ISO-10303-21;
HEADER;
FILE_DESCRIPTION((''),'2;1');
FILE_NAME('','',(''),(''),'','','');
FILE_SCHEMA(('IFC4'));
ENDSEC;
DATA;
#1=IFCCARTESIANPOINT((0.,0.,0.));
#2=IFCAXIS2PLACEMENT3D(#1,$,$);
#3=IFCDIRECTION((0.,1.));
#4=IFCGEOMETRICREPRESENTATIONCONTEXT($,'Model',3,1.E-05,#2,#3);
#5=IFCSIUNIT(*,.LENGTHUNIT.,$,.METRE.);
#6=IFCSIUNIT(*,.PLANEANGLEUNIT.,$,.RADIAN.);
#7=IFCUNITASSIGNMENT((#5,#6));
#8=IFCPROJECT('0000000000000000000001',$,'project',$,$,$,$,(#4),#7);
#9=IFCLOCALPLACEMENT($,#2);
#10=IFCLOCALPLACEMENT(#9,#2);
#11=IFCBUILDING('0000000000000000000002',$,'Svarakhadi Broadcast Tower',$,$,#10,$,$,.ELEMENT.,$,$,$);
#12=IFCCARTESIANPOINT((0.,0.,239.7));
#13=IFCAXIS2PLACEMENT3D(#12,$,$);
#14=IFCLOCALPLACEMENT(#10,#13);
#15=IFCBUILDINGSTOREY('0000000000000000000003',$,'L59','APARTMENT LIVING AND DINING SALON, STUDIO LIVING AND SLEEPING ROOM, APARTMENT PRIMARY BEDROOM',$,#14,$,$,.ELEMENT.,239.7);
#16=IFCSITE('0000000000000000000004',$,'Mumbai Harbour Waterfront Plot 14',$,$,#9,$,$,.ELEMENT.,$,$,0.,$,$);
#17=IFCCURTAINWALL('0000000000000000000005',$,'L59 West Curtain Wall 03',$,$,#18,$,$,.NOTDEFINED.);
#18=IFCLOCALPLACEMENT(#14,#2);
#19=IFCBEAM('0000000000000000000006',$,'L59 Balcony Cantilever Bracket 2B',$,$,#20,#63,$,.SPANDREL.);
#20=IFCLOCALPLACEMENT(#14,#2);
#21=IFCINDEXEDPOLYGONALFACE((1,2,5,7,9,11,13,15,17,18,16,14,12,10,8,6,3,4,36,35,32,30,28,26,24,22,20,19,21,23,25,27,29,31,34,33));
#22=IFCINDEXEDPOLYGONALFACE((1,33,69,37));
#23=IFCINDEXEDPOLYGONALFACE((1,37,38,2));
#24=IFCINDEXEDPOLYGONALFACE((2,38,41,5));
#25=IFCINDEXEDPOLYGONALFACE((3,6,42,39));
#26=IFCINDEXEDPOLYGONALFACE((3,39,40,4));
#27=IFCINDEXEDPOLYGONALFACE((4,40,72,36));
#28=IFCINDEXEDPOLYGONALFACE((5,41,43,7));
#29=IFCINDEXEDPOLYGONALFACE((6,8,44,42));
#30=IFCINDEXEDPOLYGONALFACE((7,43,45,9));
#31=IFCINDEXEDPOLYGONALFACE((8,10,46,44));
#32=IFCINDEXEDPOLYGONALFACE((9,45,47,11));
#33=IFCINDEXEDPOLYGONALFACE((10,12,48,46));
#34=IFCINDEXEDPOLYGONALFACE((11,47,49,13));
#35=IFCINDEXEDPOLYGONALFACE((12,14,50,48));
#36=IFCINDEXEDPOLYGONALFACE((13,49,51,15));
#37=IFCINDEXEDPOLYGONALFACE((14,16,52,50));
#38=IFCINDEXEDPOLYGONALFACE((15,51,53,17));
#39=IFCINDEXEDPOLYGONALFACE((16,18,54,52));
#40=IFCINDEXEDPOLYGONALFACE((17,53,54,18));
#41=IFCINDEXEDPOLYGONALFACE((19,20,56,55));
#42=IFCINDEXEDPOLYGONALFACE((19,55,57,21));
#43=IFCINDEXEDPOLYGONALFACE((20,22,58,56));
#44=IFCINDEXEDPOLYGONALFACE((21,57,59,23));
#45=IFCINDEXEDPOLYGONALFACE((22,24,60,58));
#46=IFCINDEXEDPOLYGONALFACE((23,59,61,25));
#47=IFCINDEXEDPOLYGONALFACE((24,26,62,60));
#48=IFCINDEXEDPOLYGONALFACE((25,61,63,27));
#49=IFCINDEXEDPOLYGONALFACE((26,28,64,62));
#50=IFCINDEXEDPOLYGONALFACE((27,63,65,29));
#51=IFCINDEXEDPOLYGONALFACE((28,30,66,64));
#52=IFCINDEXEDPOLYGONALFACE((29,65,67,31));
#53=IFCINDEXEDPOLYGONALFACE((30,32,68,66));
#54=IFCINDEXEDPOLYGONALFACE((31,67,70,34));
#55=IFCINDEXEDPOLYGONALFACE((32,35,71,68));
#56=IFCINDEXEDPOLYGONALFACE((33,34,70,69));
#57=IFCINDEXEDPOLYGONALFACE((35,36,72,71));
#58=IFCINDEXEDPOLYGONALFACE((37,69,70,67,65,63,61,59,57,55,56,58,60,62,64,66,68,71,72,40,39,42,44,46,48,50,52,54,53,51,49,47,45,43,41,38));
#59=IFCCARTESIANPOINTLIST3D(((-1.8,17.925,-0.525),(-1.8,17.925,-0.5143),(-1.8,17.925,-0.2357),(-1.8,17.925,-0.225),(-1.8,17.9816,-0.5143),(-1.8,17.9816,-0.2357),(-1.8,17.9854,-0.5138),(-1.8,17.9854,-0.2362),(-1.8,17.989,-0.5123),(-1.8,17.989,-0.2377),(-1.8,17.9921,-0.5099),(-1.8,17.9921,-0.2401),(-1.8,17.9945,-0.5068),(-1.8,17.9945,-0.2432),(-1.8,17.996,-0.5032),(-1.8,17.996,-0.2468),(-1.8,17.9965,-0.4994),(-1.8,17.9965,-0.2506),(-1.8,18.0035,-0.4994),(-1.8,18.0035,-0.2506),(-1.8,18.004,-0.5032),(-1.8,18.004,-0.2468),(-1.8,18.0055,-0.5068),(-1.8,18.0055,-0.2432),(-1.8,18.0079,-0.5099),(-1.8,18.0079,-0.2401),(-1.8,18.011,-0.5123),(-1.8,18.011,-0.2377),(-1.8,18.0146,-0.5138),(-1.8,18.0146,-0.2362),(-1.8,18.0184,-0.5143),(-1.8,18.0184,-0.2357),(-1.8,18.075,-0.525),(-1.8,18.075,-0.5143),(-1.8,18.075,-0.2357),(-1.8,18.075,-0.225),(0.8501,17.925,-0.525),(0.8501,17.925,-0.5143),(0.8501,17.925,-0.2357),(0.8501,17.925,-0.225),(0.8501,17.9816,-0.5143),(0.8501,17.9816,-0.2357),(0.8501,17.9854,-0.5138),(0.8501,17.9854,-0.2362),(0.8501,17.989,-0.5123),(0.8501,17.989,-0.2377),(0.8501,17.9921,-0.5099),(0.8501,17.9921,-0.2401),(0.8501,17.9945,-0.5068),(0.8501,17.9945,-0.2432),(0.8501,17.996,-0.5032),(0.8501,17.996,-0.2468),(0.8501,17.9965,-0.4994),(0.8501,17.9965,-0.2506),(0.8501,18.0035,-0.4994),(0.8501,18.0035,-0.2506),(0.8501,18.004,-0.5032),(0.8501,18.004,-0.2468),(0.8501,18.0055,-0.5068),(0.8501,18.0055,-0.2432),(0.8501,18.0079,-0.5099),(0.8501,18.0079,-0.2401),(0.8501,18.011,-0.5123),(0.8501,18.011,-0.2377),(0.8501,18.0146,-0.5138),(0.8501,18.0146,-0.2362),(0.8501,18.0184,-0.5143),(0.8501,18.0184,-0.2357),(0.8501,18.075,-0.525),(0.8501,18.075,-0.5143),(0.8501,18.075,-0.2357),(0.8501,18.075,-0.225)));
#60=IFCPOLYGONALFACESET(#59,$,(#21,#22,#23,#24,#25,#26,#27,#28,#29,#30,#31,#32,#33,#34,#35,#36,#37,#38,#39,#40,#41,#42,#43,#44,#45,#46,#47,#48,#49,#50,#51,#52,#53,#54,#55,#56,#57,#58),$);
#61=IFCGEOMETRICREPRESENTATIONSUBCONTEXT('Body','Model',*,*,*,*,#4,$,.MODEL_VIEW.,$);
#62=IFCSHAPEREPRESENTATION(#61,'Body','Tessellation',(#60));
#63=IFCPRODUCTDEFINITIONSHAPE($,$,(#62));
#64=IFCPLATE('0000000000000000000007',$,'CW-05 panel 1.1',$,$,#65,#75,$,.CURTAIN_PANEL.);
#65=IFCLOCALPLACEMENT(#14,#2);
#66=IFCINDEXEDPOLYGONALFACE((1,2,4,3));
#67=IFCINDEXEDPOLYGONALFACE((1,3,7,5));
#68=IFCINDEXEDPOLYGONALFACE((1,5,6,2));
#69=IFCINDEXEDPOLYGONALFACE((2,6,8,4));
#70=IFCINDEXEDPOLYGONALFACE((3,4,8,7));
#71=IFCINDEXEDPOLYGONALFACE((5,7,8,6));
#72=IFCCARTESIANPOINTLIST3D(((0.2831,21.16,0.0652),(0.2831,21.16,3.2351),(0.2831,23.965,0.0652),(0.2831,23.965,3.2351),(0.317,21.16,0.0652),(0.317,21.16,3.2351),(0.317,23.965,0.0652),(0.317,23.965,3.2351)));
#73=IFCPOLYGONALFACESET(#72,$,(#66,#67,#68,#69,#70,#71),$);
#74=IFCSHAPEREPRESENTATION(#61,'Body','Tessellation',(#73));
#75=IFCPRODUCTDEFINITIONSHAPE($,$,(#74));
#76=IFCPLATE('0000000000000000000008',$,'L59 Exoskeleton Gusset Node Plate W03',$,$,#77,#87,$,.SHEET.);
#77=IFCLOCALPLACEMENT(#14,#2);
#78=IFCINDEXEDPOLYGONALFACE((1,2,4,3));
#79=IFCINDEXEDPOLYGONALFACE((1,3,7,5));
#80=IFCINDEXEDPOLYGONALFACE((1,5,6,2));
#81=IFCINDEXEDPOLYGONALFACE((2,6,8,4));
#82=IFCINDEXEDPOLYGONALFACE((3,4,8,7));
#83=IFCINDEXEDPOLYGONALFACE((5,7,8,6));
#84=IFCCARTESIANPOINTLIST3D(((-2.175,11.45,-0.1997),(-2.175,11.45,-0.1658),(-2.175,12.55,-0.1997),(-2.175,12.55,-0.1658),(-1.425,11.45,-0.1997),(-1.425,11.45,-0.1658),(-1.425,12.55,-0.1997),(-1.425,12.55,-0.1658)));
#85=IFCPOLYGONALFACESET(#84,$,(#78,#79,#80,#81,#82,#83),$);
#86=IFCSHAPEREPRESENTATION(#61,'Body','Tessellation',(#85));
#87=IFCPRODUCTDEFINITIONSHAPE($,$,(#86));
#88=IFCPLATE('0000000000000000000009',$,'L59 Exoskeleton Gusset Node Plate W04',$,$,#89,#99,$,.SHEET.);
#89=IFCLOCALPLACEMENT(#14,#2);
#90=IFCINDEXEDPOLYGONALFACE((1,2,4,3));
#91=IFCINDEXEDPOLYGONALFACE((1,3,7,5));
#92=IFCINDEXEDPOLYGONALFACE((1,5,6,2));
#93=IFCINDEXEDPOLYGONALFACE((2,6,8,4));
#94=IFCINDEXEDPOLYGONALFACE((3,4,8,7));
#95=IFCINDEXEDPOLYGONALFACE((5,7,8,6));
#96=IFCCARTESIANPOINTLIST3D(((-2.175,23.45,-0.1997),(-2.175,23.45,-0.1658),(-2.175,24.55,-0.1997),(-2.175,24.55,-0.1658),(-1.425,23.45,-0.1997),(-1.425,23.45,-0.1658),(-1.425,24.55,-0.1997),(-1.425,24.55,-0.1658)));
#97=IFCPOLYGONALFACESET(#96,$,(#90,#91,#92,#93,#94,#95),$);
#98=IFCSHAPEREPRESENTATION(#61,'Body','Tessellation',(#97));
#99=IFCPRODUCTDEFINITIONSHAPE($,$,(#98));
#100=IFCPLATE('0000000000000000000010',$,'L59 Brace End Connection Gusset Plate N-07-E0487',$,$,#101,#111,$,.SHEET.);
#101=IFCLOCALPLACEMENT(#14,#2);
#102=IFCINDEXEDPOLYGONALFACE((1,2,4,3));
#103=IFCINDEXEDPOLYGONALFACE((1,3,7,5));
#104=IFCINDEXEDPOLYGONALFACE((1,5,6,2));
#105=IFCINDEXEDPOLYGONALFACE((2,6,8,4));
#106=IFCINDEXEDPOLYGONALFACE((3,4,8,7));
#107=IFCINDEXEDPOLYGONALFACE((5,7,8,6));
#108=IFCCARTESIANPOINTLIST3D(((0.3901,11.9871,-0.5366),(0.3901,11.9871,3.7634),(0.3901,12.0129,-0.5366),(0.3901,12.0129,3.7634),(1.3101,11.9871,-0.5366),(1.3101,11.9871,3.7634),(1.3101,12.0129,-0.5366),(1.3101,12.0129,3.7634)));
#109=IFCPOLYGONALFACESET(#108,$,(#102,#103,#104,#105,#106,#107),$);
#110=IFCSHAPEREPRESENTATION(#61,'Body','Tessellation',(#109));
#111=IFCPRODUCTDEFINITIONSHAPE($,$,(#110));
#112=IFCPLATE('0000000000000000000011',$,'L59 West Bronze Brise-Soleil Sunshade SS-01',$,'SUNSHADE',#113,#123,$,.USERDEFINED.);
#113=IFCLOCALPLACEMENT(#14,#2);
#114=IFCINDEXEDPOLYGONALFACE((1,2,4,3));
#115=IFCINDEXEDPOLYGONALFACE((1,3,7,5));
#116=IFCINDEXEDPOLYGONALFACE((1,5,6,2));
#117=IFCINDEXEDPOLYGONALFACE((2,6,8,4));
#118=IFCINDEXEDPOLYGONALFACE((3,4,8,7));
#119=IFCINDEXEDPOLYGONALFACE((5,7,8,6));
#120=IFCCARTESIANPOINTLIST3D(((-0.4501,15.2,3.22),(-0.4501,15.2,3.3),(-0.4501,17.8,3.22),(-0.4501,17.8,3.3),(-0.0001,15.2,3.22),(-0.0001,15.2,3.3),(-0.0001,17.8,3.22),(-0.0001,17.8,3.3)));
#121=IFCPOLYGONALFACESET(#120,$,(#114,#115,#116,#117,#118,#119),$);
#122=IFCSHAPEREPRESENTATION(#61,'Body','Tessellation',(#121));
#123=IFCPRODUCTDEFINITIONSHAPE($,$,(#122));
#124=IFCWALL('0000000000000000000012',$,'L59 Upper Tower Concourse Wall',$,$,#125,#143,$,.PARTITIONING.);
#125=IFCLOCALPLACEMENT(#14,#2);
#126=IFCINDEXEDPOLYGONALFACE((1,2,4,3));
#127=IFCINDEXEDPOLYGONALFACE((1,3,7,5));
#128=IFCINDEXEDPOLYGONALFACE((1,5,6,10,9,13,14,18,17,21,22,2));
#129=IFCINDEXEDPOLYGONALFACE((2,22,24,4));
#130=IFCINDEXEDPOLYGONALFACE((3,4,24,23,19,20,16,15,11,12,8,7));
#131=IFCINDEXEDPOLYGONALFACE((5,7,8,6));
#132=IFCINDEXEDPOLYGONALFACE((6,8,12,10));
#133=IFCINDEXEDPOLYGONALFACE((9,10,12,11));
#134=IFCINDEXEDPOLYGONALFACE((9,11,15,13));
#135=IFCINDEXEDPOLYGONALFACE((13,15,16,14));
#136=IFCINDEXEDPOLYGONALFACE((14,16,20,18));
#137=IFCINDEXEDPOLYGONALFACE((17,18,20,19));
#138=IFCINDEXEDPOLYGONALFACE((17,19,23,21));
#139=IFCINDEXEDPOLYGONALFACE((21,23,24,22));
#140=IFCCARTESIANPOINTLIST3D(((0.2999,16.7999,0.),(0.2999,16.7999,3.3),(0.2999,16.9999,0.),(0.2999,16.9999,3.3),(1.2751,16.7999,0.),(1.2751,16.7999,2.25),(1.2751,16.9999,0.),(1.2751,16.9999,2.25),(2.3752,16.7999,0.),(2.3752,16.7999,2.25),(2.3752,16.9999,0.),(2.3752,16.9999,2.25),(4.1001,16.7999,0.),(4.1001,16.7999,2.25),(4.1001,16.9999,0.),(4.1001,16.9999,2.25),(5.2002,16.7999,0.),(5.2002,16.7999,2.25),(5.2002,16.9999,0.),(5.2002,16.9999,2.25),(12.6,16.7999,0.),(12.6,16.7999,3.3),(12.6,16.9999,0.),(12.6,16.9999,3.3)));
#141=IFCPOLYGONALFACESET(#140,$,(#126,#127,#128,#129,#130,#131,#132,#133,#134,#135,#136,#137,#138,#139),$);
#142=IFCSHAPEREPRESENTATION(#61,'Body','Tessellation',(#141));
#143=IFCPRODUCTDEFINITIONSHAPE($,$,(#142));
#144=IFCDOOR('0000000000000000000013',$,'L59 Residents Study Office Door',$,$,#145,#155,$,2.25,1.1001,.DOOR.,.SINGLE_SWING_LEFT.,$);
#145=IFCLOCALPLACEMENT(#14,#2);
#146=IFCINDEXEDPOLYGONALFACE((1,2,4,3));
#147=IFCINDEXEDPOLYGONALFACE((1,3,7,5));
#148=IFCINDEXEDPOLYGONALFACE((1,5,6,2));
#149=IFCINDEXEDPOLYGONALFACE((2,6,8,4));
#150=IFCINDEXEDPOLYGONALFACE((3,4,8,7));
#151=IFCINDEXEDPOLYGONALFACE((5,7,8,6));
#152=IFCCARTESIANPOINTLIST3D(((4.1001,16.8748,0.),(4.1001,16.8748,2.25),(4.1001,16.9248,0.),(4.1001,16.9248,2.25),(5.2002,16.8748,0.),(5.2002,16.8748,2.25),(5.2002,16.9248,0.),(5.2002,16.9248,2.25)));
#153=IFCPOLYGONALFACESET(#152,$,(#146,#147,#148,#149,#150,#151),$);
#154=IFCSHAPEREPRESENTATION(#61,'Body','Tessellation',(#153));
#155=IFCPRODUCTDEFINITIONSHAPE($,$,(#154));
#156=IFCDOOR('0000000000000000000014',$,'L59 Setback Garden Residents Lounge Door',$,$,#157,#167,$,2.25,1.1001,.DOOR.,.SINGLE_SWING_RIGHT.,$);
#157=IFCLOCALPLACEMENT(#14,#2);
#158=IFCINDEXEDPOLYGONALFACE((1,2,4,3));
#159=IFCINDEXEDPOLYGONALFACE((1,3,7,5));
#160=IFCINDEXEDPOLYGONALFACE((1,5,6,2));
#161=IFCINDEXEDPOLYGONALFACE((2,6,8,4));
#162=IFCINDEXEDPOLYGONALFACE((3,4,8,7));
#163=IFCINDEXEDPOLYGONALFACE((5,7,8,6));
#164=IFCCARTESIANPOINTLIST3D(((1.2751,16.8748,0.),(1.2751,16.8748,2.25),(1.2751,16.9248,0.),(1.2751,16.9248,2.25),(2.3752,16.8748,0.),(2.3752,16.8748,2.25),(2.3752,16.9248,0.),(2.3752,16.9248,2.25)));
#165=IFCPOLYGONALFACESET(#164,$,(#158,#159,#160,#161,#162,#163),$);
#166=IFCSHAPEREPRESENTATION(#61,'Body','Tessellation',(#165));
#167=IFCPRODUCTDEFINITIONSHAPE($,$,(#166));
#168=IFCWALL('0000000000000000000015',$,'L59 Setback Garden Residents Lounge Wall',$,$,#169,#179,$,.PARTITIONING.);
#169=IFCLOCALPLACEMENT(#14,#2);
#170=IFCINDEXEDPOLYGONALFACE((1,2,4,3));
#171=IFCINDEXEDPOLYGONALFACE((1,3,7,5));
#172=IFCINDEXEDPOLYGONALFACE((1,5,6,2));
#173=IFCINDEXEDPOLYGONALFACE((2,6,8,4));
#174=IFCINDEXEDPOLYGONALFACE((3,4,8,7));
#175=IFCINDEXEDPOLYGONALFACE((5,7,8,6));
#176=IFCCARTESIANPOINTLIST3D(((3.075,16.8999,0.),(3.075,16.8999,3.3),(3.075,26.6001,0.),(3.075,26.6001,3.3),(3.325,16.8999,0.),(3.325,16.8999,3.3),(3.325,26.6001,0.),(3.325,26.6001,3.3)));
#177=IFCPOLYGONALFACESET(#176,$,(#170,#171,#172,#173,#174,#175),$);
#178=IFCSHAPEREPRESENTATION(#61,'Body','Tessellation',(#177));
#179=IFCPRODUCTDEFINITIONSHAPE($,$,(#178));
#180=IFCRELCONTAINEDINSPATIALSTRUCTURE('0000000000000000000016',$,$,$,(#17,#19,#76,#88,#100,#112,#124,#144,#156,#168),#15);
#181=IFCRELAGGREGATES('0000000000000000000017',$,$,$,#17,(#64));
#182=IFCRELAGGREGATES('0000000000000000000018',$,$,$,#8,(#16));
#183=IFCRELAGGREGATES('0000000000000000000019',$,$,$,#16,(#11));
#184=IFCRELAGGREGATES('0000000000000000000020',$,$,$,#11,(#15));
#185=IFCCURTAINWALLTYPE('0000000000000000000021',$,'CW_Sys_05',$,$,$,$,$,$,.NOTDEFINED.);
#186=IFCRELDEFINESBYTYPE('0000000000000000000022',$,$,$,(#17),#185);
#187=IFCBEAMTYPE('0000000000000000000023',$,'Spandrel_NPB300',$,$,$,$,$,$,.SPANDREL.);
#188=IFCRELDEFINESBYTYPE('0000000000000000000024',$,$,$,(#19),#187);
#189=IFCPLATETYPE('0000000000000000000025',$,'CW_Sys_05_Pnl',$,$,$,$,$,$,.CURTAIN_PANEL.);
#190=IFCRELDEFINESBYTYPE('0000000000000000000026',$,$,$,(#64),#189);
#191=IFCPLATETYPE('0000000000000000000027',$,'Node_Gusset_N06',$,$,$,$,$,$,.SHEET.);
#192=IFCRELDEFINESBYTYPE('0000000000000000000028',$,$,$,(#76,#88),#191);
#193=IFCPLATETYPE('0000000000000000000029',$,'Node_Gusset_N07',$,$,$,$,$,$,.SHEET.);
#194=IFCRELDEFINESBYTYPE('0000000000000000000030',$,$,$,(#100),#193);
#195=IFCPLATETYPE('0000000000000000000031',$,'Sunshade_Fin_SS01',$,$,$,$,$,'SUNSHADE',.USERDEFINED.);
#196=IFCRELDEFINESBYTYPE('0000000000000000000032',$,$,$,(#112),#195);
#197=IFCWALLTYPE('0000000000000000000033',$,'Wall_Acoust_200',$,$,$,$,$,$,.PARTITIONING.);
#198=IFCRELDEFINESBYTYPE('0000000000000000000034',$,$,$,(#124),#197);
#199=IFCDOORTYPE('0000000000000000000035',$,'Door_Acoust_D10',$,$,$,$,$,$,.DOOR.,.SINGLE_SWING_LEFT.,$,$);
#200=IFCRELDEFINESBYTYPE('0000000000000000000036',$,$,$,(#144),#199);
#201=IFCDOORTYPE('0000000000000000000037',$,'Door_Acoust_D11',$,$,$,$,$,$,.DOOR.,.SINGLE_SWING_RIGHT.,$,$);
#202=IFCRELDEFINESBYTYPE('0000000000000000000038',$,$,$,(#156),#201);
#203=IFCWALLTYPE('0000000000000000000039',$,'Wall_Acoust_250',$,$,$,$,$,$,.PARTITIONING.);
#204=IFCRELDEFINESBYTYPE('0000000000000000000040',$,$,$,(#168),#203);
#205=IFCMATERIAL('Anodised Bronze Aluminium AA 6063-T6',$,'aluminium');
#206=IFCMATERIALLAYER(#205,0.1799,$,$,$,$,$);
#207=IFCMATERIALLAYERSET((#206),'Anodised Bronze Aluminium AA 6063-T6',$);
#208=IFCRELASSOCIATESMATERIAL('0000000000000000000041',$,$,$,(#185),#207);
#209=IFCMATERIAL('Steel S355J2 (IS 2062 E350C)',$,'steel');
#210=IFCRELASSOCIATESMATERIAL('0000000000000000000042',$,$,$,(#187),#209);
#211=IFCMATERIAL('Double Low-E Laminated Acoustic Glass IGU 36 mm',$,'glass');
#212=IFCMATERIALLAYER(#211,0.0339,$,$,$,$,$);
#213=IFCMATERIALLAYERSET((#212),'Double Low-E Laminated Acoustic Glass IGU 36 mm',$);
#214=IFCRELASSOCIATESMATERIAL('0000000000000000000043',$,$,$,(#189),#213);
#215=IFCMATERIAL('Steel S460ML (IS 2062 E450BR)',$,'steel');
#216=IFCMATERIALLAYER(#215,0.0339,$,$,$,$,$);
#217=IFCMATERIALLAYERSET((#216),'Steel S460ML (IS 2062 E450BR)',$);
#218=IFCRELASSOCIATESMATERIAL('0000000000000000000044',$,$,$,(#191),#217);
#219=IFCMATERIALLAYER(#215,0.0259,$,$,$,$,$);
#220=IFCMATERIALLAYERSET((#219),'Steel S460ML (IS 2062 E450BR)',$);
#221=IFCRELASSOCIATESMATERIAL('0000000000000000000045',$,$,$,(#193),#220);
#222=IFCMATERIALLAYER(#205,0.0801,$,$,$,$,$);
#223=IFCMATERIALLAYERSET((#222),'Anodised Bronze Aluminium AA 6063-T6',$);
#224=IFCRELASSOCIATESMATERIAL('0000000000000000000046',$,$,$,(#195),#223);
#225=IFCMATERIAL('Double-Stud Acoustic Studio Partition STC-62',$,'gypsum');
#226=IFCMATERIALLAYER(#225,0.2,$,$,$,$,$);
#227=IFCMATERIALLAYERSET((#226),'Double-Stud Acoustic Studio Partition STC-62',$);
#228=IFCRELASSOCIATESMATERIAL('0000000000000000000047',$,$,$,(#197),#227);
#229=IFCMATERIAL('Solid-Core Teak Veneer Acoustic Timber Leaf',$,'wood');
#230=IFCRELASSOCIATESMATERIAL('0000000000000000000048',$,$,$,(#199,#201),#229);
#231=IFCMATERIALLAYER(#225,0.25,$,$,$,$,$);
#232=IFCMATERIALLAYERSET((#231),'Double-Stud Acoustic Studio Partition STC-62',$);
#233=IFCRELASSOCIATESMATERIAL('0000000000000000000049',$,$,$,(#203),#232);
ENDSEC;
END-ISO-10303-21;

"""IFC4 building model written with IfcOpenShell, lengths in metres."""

from ifc_helpers import new_model, si_unit, direction, frame, frame_2d, origin, origin_2d, place, context, subcontext, project, spatial, rectangle, i_section, extrude, material, layer, layer_set, material_profile, profile_set, type_object, element, fill, aggregate, save


model = new_model("IFC4")

# Units and contexts
model_context = context("Model", 3, precision=1e-05, world=origin(), true_north=direction((0.0, 1.0)))
body_context = subcontext(model_context, "Body", "Model", "MODEL_VIEW")
ifc_project = project(units=[si_unit("LENGTHUNIT", "METRE"), si_unit("PLANEANGLEUNIT", "RADIAN")], contexts=[model_context])

# Site, building, storey
site_placement = place(None, origin())
site = spatial("IfcSite", under=ifc_project, at=site_placement, Name="Mumbai Harbour Waterfront Plot 14", CompositionType="ELEMENT", RefElevation=0.0)
building_placement = place(site_placement, origin())
building = spatial("IfcBuilding", under=site, at=building_placement, Name="Svarakhadi Broadcast Tower", CompositionType="ELEMENT")
storey_placement = place(building_placement, frame((0.0, 0.0, 239.7)))
storey = spatial("IfcBuildingStorey", under=building, at=storey_placement, Name="L59", Description="APARTMENT LIVING AND DINING SALON, STUDIO LIVING AND SLEEPING ROOM, APARTMENT PRIMARY BEDROOM", CompositionType="ELEMENT", Elevation=239.7)

# Shared definitions
ifc_material_1 = material(Name="Steel S460ML (IS 2062 E450BR)", Category="steel")

# Shared definitions
ifc_material_2 = material(Name="Steel S355J2 (IS 2062 E350C)", Category="steel")

# Curtain wall
ifc_material_3 = material(Name="Anodised Bronze Aluminium AA 6063-T6", Category="aluminium")
ifc_layer_1 = layer(ifc_material_3, 0.1799)
ifc_layer_set_1 = layer_set([ifc_layer_1], Name="Anodised Bronze Aluminium AA 6063-T6")
curtain_wall_type = type_object("IfcCurtainWallType", Name="CW_Sys_05", PredefinedType="NOTDEFINED", material=ifc_layer_set_1)
curtain_wall_placement = place(storey_placement, origin())
curtain_wall = element("IfcCurtainWall", 1, at=curtain_wall_placement, inside=storey, type_object=curtain_wall_type, Name="L59 West Curtain Wall 03", PredefinedType="NOTDEFINED")

# Beam
ifc_material_profile_1 = material_profile(ifc_material_2, i_section(OverallWidth=0.1499, OverallDepth=0.3, WebThickness=0.0071, FlangeThickness=0.0107, FilletRadius=0.0149, at=origin_2d()), Name="NPB 300x150x37")
ifc_profile_set_1 = profile_set([ifc_material_profile_1], Name="Steel S355J2 (IS 2062 E350C)")
beam_type_1 = type_object("IfcBeamType", Name="Spandrel_NPB300", PredefinedType="SPANDREL", material=ifc_profile_set_1)
beam_placement = place(storey_placement, frame((0.8501, 18.0, -0.375), z_axis=(-1.0, 0.0, 0.0), x_axis=(0.0, -1.0, 0.0)))
element("IfcBeam", 2, at=beam_placement, inside=storey, type_object=beam_type_1, Name="L59 Balcony Cantilever Bracket 2B", PredefinedType="SPANDREL", context=body_context, shape_type="SweptSolid", body=[
    extrude(i_section(OverallWidth=0.1499, OverallDepth=0.3, WebThickness=0.0071, FlangeThickness=0.0107, FilletRadius=0.0149, at=origin_2d()), origin(), (0.0, 0.0, 1.0), 2.6501),
])

# Plate
ifc_material_4 = material(Name="Double Low-E Laminated Acoustic Glass IGU 36 mm", Category="glass")
ifc_layer_2 = layer(ifc_material_4, 0.0339)
ifc_layer_set_2 = layer_set([ifc_layer_2], Name="Double Low-E Laminated Acoustic Glass IGU 36 mm")
plate_type_1 = type_object("IfcPlateType", Name="CW_Sys_05_Pnl", PredefinedType="CURTAIN_PANEL", material=ifc_layer_set_2)
plate_1_placement = place(storey_placement, frame((0.3, 22.5625, 0.0652), z_axis=(0.0, 0.0, 1.0), x_axis=(0.0, 1.0, 0.0)))
plate_1 = element("IfcPlate", 3, at=plate_1_placement, type_object=plate_type_1, Name="CW-05 panel 1.1", PredefinedType="CURTAIN_PANEL", context=body_context, shape_type="SweptSolid", body=[
    extrude(rectangle(XDim=2.8049, YDim=0.0339, at=origin_2d()), origin(), (0.0, 0.0, 1.0), 3.1699),
])
aggregate(curtain_wall, [plate_1])

# Plates
ifc_layer_3 = layer(ifc_material_1, 0.0339)
ifc_layer_set_3 = layer_set([ifc_layer_3], Name="Steel S460ML (IS 2062 E450BR)")
plate_type_2 = type_object("IfcPlateType", Name="Node_Gusset_N06", PredefinedType="SHEET", material=ifc_layer_set_3)
for number, where, z_axis, x_axis, name in (
    (4, (-1.8, 12.0, -0.1997), (0.0, 0.0, 1.0), (0.0, 1.0, 0.0), "L59 Exoskeleton Gusset Node Plate W03"),
    (5, (-1.8, 24.0, -0.1997), (0.0, 0.0, 1.0), (0.0, 1.0, 0.0), "L59 Exoskeleton Gusset Node Plate W04"),
):
    element("IfcPlate", number, at=place(storey_placement, frame(where, z_axis=z_axis, x_axis=x_axis)), inside=storey, type_object=plate_type_2, Name=name, PredefinedType="SHEET", context=body_context, shape_type="SweptSolid", body=[
        extrude(rectangle(XDim=1.1001, YDim=0.75, at=origin_2d()), origin(), (0.0, 0.0, 1.0), 0.0339),
    ])
ifc_layer_4 = layer(ifc_material_1, 0.0259)
ifc_layer_set_4 = layer_set([ifc_layer_4], Name="Steel S460ML (IS 2062 E450BR)")
plate_type_3 = type_object("IfcPlateType", Name="Node_Gusset_N07", PredefinedType="SHEET", material=ifc_layer_set_4)
plate_2_placement = place(storey_placement, frame((0.8501, 12.0, -0.5366), z_axis=(0.0, 0.0, 1.0), x_axis=(1.0, 0.0, 0.0)))
element("IfcPlate", 6, at=plate_2_placement, inside=storey, type_object=plate_type_3, Name="L59 Brace End Connection Gusset Plate N-07-E0487", PredefinedType="SHEET", context=body_context, shape_type="SweptSolid", body=[
    extrude(rectangle(XDim=0.9199, YDim=0.0259, at=origin_2d()), origin(), (0.0, 0.0, 1.0), 4.3),
])
ifc_layer_5 = layer(ifc_material_3, 0.0801)
ifc_layer_set_5 = layer_set([ifc_layer_5], Name="Anodised Bronze Aluminium AA 6063-T6")
plate_type_4 = type_object("IfcPlateType", Name="Sunshade_Fin_SS01", ElementType="SUNSHADE", PredefinedType="USERDEFINED", material=ifc_layer_set_5)
plate_3_placement = place(storey_placement, frame((-0.2251, 16.5, 3.22), z_axis=(0.0, 0.0, 1.0), x_axis=(0.0, 1.0, 0.0)))
element("IfcPlate", 7, at=plate_3_placement, inside=storey, type_object=plate_type_4, Name="L59 West Bronze Brise-Soleil Sunshade SS-01", ObjectType="SUNSHADE", PredefinedType="USERDEFINED", context=body_context, shape_type="SweptSolid", body=[
    extrude(rectangle(XDim=2.6001, YDim=0.45, at=origin_2d()), origin(), (0.0, 0.0, 1.0), 0.0801),
])

# Wall, openings, doors
ifc_material_5 = material(Name="Double-Stud Acoustic Studio Partition STC-62", Category="gypsum")
ifc_layer_6 = layer(ifc_material_5, 0.2)
ifc_layer_set_6 = layer_set([ifc_layer_6], Name="Double-Stud Acoustic Studio Partition STC-62")
wall_type_1 = type_object("IfcWallType", Name="Wall_Acoust_200", PredefinedType="PARTITIONING", material=ifc_layer_set_6)
wall_1_placement = place(storey_placement, frame((0.3, 16.8999, 0.0), z_axis=(0.0, 0.0, 1.0), x_axis=(1.0, 0.0, 0.0)))
wall_1 = element("IfcWall", 8, at=wall_1_placement, inside=storey, type_object=wall_type_1, Name="L59 Upper Tower Concourse Wall", PredefinedType="PARTITIONING", context=body_context, shape_type="SweptSolid", body=[
    extrude(rectangle(XDim=12.3, YDim=0.2, at=frame_2d((6.1499, 0.0))), origin(), (0.0, 0.0, 1.0), 3.3),
])
opening_1_placement = place(wall_1_placement, frame((0.9751, 0.0, 0.0)))
opening_1 = element("IfcOpeningElement", 9, at=opening_1_placement, cuts=wall_1, PredefinedType="OPENING", context=body_context, shape_type="SweptSolid", body=[
    extrude(rectangle(XDim=1.1001, YDim=2.25, at=frame_2d((0.55, 1.125))), frame((0.0, 0.1099, 0.0), z_axis=(0.0, -1.0, 0.0), x_axis=(1.0, 0.0, 0.0)), (0.0, 0.0, 1.0), 0.22),
])
opening_2_placement = place(wall_1_placement, frame((3.8, 0.0, 0.0)))
opening_2 = element("IfcOpeningElement", 10, at=opening_2_placement, cuts=wall_1, PredefinedType="OPENING", context=body_context, shape_type="SweptSolid", body=[
    extrude(rectangle(XDim=1.1001, YDim=2.25, at=frame_2d((0.55, 1.125))), frame((0.0, 0.1099, 0.0), z_axis=(0.0, -1.0, 0.0), x_axis=(1.0, 0.0, 0.0)), (0.0, 0.0, 1.0), 0.22),
])
ifc_material_6 = material(Name="Solid-Core Teak Veneer Acoustic Timber Leaf", Category="wood")
door_type_1 = type_object("IfcDoorType", Name="Door_Acoust_D10", OperationType="SINGLE_SWING_LEFT", PredefinedType="DOOR", material=ifc_material_6)
door_1_placement = place(opening_2_placement, origin())
door_1 = element("IfcDoor", 11, at=door_1_placement, inside=storey, type_object=door_type_1, Name="L59 Residents Study Office Door", OperationType="SINGLE_SWING_LEFT", OverallHeight=2.25, OverallWidth=1.1001, PredefinedType="DOOR", context=body_context, shape_type="SweptSolid", body=[
    extrude(rectangle(XDim=1.1001, YDim=2.25, at=frame_2d((0.55, 1.125))), frame((0.0, 0.0249, 0.0), z_axis=(0.0, -1.0, 0.0), x_axis=(1.0, 0.0, 0.0)), (0.0, 0.0, 1.0), 0.05),
])
fill(opening_2, door_1)
door_type_2 = type_object("IfcDoorType", Name="Door_Acoust_D11", OperationType="SINGLE_SWING_RIGHT", PredefinedType="DOOR", material=ifc_material_6)
door_2_placement = place(opening_1_placement, origin())
door_2 = element("IfcDoor", 12, at=door_2_placement, inside=storey, type_object=door_type_2, Name="L59 Setback Garden Residents Lounge Door", OperationType="SINGLE_SWING_RIGHT", OverallHeight=2.25, OverallWidth=1.1001, PredefinedType="DOOR", context=body_context, shape_type="SweptSolid", body=[
    extrude(rectangle(XDim=1.1001, YDim=2.25, at=frame_2d((0.55, 1.125))), frame((0.0, 0.0249, 0.0), z_axis=(0.0, -1.0, 0.0), x_axis=(1.0, 0.0, 0.0)), (0.0, 0.0, 1.0), 0.05),
])
fill(opening_1, door_2)

# Wall
ifc_layer_7 = layer(ifc_material_5, 0.25)
ifc_layer_set_7 = layer_set([ifc_layer_7], Name="Double-Stud Acoustic Studio Partition STC-62")
wall_type_2 = type_object("IfcWallType", Name="Wall_Acoust_250", PredefinedType="PARTITIONING", material=ifc_layer_set_7)
wall_2_placement = place(storey_placement, frame((3.2, 16.8999, 0.0), z_axis=(0.0, 0.0, 1.0), x_axis=(0.0, 1.0, 0.0)))
element("IfcWall", 13, at=wall_2_placement, inside=storey, type_object=wall_type_2, Name="L59 Setback Garden Residents Lounge Wall", PredefinedType="PARTITIONING", context=body_context, shape_type="SweptSolid", body=[
    extrude(rectangle(XDim=9.7002, YDim=0.25, at=frame_2d((4.8501, 0.0))), origin(), (0.0, 0.0, 1.0), 3.3),
])

save(model, "model.ifc")
